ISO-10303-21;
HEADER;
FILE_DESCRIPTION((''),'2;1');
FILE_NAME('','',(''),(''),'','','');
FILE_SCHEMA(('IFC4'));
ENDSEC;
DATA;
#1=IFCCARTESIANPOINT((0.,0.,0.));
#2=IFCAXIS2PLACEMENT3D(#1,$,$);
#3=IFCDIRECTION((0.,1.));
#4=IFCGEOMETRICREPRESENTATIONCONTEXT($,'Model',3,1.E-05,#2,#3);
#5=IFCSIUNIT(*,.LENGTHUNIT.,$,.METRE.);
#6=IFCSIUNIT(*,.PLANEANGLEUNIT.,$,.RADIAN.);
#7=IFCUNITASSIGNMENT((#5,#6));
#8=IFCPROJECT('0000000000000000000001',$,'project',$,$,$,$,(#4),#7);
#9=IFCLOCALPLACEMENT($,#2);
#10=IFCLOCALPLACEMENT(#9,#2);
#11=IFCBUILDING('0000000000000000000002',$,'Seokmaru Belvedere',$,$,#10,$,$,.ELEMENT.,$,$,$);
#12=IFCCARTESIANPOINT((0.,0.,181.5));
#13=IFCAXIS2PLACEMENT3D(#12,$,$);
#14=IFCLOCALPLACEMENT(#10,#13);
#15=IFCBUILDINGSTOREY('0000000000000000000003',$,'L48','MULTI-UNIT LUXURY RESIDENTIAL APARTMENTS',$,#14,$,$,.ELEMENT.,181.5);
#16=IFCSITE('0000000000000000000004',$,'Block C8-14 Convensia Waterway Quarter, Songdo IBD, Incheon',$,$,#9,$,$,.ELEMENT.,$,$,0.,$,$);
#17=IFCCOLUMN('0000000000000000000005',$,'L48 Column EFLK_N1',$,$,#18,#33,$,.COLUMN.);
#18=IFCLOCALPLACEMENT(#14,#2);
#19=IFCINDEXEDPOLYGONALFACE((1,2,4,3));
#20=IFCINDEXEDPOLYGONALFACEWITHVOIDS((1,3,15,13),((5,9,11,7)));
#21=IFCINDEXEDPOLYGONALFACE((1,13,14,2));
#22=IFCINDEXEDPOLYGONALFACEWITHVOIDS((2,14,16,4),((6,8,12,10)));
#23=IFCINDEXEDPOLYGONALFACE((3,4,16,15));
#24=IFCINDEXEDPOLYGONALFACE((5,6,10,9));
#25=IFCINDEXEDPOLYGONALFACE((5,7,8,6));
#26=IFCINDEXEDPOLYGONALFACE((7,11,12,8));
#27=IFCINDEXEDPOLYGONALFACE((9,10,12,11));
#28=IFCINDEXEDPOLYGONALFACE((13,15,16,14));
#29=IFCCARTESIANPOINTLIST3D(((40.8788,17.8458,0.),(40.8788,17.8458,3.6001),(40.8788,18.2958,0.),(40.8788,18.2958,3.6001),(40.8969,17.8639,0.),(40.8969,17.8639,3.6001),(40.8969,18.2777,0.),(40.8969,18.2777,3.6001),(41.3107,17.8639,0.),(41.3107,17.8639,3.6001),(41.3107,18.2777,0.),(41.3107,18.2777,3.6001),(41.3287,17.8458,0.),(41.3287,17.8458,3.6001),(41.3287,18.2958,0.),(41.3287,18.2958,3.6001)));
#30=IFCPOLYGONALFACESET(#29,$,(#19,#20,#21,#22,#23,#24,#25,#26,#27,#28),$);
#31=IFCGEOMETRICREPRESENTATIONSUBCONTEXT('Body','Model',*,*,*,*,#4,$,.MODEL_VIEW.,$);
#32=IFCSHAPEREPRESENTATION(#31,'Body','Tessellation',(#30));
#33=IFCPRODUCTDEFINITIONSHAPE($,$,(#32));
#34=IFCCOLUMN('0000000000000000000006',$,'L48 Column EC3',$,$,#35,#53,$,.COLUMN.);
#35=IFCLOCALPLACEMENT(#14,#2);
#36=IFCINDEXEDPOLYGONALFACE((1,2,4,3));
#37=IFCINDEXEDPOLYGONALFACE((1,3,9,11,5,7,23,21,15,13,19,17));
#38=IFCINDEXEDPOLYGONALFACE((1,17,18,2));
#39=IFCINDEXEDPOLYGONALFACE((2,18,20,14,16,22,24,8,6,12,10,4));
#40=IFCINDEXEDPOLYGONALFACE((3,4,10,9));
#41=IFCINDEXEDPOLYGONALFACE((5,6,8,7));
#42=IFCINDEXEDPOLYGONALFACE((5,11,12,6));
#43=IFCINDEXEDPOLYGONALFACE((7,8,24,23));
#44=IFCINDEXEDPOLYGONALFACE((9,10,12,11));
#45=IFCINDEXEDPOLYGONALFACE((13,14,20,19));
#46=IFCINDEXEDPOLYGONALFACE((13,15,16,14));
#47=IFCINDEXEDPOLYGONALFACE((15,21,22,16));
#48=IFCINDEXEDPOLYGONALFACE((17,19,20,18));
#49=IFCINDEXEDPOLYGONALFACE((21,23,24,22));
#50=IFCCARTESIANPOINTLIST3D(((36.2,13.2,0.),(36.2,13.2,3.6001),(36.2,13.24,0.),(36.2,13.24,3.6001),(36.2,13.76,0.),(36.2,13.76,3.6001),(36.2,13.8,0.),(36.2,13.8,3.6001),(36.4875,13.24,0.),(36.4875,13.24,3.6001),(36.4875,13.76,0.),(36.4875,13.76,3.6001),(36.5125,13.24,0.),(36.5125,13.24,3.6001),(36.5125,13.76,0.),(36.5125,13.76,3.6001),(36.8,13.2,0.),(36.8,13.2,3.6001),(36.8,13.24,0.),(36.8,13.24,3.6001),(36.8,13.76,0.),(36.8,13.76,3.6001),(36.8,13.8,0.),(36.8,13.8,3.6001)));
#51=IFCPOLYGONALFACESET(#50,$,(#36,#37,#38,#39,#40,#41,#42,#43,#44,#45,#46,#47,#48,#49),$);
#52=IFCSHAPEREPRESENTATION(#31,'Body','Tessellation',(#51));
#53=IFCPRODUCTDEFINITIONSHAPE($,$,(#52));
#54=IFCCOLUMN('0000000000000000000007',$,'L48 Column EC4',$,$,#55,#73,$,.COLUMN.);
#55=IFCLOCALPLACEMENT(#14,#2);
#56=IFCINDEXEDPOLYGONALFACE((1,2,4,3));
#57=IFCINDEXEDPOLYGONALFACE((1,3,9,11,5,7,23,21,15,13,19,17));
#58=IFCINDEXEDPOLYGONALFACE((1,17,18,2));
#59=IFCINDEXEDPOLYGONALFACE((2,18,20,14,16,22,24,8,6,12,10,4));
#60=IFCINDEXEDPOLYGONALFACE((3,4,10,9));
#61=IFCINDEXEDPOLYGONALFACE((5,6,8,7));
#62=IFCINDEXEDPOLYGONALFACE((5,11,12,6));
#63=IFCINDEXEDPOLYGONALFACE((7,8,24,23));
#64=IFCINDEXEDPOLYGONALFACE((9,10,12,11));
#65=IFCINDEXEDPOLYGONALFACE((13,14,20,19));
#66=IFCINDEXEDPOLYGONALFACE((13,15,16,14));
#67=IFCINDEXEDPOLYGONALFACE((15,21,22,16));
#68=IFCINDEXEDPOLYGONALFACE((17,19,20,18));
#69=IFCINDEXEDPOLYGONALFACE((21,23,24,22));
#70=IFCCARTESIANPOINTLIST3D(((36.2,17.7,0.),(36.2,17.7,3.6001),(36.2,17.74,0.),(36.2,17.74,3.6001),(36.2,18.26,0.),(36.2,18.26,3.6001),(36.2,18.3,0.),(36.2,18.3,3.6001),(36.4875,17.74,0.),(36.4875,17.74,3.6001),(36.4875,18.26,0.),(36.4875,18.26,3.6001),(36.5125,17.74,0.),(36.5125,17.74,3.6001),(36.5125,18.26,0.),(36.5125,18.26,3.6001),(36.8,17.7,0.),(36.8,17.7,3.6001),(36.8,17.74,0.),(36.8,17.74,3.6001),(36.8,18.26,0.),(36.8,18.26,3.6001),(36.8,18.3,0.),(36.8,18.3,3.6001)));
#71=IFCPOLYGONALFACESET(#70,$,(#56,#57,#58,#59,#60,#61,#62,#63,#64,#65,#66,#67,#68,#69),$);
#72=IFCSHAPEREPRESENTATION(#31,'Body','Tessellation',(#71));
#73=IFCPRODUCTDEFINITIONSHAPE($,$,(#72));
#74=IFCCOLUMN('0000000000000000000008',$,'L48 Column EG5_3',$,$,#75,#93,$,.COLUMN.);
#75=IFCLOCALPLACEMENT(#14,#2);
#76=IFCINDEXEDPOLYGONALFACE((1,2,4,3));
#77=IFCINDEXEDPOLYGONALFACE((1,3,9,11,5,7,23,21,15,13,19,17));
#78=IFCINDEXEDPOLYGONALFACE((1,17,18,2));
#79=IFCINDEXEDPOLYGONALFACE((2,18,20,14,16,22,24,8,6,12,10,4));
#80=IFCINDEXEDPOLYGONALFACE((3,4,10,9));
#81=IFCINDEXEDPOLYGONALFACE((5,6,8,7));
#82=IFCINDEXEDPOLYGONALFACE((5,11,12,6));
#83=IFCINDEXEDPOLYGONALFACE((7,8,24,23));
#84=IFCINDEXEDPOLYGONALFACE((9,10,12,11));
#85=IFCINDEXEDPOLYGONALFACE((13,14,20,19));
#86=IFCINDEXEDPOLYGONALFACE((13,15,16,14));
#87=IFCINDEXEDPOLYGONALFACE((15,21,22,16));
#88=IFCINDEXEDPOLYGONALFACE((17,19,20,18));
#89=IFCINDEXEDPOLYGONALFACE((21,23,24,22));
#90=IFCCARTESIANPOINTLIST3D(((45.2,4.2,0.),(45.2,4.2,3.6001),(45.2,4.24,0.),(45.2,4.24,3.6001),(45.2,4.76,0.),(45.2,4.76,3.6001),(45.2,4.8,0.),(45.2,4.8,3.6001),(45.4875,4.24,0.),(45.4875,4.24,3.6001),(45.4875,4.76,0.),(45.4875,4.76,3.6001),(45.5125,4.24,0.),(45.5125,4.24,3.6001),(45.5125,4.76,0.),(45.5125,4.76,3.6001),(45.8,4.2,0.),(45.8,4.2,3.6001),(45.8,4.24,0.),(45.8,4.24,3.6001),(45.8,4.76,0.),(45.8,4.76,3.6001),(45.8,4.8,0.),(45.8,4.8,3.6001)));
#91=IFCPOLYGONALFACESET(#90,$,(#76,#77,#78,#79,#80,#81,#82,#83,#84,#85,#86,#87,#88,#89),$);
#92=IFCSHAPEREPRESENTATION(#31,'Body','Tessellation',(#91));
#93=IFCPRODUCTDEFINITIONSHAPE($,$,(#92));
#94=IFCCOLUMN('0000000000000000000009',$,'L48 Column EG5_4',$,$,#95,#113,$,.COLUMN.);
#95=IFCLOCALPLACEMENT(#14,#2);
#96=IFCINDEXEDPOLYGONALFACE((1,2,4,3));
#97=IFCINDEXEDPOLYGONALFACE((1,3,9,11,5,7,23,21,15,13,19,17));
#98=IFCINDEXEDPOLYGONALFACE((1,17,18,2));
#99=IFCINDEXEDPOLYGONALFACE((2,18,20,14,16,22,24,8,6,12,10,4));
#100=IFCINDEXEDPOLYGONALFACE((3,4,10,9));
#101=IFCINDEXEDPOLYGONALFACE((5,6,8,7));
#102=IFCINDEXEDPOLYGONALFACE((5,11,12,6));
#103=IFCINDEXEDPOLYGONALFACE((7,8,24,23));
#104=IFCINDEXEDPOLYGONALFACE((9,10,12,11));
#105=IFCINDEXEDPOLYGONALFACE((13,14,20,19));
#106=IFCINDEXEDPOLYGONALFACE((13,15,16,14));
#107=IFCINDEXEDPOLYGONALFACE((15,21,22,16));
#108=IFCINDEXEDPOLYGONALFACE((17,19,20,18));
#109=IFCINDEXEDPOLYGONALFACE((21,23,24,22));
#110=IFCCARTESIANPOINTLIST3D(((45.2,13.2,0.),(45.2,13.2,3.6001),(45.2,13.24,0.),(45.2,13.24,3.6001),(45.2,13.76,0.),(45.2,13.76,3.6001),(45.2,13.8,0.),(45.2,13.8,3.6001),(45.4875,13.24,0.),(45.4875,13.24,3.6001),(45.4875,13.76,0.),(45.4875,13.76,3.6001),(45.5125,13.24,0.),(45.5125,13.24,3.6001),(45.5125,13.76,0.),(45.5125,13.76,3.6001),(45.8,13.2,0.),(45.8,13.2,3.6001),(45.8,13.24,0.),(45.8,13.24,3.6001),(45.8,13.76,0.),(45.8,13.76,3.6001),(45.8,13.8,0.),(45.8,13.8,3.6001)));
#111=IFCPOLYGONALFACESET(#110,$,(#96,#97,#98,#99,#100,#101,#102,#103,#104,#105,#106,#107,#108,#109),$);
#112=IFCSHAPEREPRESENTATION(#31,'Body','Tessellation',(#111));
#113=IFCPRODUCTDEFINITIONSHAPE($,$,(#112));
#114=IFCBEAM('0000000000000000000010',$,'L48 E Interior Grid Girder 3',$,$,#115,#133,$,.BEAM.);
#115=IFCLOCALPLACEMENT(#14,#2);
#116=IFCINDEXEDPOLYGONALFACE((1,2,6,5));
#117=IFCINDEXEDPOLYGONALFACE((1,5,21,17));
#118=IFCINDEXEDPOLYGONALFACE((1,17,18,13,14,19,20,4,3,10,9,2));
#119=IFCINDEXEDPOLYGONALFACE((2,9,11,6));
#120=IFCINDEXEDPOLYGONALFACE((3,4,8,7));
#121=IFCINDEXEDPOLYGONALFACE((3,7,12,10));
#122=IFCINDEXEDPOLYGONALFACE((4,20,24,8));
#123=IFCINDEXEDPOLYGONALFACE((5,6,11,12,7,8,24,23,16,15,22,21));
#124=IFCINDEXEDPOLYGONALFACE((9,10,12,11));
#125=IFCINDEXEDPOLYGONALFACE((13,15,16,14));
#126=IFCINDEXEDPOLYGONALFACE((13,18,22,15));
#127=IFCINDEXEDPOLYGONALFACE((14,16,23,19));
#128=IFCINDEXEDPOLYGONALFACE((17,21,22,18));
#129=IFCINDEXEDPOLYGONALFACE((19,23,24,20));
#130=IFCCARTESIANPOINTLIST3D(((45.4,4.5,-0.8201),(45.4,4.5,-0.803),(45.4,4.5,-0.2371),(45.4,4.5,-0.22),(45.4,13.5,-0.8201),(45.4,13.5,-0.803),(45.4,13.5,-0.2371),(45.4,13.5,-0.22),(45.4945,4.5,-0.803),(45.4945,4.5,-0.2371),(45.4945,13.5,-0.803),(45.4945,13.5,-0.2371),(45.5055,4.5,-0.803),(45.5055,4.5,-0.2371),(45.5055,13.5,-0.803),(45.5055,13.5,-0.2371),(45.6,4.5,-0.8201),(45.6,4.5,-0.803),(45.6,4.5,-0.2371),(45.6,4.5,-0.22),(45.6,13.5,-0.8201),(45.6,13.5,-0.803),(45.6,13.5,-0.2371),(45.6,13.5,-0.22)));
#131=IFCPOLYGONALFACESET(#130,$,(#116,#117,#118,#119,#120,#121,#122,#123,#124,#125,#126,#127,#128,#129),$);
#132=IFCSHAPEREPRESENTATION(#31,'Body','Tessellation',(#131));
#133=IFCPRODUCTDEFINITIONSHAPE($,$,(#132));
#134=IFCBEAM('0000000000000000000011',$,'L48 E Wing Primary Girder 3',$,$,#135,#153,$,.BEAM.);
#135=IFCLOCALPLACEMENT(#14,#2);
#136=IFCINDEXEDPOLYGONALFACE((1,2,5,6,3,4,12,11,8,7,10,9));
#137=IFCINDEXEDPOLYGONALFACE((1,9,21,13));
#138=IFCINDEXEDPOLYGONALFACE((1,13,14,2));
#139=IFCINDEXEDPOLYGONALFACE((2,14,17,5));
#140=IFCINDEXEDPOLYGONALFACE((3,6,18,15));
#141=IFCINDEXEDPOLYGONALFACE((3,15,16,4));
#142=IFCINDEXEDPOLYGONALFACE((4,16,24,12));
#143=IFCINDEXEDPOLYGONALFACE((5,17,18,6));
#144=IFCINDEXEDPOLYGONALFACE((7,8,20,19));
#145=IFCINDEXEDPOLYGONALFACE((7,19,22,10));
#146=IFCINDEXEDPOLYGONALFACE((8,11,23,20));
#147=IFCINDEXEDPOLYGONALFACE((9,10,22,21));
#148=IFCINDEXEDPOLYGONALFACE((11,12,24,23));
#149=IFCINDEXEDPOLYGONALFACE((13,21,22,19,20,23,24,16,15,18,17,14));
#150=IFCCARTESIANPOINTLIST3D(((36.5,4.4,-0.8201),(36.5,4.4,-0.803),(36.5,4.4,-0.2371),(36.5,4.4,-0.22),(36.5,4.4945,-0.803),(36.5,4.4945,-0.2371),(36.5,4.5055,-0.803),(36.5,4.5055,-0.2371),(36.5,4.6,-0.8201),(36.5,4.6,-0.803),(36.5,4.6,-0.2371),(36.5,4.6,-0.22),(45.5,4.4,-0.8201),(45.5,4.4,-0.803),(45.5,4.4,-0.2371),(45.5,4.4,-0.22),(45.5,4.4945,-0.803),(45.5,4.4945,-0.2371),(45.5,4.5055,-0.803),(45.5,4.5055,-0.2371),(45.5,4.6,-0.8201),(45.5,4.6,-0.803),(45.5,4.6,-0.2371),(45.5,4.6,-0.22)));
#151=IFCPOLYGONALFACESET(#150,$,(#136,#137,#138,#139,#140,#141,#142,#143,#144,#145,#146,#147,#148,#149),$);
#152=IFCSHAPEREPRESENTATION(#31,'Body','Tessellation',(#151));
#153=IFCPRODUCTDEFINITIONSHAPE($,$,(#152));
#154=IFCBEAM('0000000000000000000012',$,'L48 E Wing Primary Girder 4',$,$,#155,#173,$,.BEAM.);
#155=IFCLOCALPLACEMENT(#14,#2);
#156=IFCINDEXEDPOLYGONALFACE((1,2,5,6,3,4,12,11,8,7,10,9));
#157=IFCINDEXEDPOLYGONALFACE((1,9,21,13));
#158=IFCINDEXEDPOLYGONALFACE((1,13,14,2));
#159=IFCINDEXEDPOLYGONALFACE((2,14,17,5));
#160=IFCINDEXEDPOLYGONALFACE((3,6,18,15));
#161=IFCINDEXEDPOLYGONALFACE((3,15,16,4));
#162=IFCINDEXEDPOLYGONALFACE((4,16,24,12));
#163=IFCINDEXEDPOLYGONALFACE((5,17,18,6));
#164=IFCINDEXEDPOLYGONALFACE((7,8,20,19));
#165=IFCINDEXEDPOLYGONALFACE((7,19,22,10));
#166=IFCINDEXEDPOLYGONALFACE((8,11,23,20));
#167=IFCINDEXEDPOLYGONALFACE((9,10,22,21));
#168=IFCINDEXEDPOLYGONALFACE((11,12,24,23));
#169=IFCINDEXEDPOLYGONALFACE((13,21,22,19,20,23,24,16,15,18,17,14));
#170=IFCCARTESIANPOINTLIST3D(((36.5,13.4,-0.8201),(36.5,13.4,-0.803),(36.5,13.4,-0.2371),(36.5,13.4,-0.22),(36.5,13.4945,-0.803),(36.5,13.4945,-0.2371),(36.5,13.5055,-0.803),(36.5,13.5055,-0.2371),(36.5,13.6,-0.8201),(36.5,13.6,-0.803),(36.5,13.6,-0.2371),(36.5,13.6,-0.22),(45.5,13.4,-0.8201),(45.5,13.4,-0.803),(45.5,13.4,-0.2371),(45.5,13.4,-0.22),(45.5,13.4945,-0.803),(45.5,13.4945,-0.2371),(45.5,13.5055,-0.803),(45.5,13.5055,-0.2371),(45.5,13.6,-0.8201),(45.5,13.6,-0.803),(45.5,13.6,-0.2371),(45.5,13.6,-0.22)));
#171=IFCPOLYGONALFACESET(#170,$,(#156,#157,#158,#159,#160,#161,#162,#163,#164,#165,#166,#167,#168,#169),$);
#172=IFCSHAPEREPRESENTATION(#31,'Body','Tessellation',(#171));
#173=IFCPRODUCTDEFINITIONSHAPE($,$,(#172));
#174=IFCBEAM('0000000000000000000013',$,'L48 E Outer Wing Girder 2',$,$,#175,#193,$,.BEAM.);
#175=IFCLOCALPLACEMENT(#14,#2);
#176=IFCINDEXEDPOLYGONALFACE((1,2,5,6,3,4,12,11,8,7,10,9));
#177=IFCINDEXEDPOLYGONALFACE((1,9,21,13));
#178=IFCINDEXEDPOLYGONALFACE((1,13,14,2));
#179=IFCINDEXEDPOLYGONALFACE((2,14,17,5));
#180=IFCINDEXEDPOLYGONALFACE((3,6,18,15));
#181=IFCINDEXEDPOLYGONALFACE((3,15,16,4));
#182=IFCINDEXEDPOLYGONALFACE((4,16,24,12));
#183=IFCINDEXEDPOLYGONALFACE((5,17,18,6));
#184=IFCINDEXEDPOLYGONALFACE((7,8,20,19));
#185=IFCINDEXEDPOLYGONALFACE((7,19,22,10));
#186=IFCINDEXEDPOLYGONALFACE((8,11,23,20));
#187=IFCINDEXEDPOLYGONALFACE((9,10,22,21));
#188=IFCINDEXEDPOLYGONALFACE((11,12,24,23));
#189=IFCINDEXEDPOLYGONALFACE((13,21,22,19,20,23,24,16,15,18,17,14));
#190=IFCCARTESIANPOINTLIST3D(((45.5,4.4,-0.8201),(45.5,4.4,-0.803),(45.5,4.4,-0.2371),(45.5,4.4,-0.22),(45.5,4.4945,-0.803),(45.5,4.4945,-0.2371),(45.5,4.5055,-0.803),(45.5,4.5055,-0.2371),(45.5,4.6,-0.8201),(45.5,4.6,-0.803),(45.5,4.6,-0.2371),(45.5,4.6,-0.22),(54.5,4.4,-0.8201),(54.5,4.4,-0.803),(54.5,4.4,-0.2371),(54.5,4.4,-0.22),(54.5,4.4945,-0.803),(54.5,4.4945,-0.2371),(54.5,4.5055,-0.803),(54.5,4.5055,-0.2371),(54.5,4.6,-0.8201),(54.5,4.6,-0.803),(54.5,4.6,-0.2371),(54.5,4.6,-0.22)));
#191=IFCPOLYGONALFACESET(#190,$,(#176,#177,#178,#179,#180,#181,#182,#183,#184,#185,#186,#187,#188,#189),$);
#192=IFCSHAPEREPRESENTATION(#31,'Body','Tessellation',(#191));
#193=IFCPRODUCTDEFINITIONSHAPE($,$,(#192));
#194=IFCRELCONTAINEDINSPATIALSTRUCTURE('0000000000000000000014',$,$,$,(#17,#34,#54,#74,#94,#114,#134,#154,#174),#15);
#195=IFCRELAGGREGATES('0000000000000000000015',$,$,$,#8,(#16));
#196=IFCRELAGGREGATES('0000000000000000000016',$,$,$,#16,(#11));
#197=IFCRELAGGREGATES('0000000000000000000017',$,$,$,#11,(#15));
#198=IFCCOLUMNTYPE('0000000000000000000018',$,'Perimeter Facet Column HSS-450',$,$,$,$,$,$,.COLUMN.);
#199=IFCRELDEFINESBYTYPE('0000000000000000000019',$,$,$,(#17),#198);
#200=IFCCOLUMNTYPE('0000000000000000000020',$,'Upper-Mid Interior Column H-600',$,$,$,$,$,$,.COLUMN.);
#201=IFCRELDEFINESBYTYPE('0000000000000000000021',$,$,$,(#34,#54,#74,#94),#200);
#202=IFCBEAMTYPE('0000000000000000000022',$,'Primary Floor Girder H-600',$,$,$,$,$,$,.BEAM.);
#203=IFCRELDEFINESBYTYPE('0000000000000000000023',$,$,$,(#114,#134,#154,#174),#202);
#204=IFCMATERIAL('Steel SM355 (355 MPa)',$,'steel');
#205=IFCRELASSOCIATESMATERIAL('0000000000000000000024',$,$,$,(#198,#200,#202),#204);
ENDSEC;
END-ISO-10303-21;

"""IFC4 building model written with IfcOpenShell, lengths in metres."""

from ifc_helpers import new_model, si_unit, direction, frame, origin, origin_2d, place, context, subcontext, project, spatial, hollow_rectangle, i_section, extrude, source, transform, mapped, material, material_profile, profile_set, type_object, type_shapes, element, save


model = new_model("IFC4")

# Units and contexts
model_context = context("Model", 3, precision=1e-05, world=origin(), true_north=direction((0.0, 1.0)))
body_context = subcontext(model_context, "Body", "Model", "MODEL_VIEW")
ifc_project = project(units=[si_unit("LENGTHUNIT", "METRE"), si_unit("PLANEANGLEUNIT", "RADIAN")], contexts=[model_context])

# Site, building, storey
site_placement = place(None, origin())
site = spatial("IfcSite", under=ifc_project, at=site_placement, Name="Block C8-14 Convensia Waterway Quarter, Songdo IBD, Incheon", CompositionType="ELEMENT", RefElevation=0.0)
building_placement = place(site_placement, origin())
building = spatial("IfcBuilding", under=site, at=building_placement, Name="Seokmaru Belvedere", CompositionType="ELEMENT")
storey_placement = place(building_placement, frame((0.0, 0.0, 181.5)))
storey = spatial("IfcBuildingStorey", under=building, at=storey_placement, Name="L48", Description="MULTI-UNIT LUXURY RESIDENTIAL APARTMENTS", CompositionType="ELEMENT", Elevation=181.5)

# Columns
ifc_material_1 = material(Name="Steel SM355 (355 MPa)", Category="steel")
ifc_material_profile_1 = material_profile(ifc_material_1, hollow_rectangle(XDim=0.45, YDim=0.45, WallThickness=0.0181, at=origin_2d()), Name="HSS-450x450x18")
ifc_profile_set_1 = profile_set([ifc_material_profile_1], Name="Steel SM355 (355 MPa)")
column_type_1 = type_object("IfcColumnType", Name="Perimeter Facet Column HSS-450", PredefinedType="COLUMN", material=ifc_profile_set_1)
shared_shape_1 = source(origin(), body_context, "Body", "SweptSolid", [
    extrude(hollow_rectangle(XDim=0.45, YDim=0.45, WallThickness=0.0181, at=origin_2d()), origin(), (0.0, 0.0, 1.0), 3.6001),
])
type_shapes(column_type_1, [shared_shape_1])
column_placement = place(storey_placement, frame((41.1038, 18.0708, 0.0), z_axis=(0.0, 0.0, 1.0), x_axis=(1.0, 0.0, 0.0)))
element("IfcColumn", 1, at=column_placement, inside=storey, type_object=column_type_1, Name="L48 Column EFLK_N1", PredefinedType="COLUMN", context=body_context, shape_type="MappedRepresentation", body=[
    mapped(shared_shape_1, transform((0.0, 0.0, 0.0), scale=1.0)),
])
ifc_material_profile_2 = material_profile(ifc_material_1, i_section(OverallWidth=0.6001, OverallDepth=0.6001, WebThickness=0.0249, FlangeThickness=0.04, at=origin_2d()), Name="H-600x600x25x40")
ifc_profile_set_2 = profile_set([ifc_material_profile_2], Name="Steel SM355 (355 MPa)")
column_type_2 = type_object("IfcColumnType", Name="Upper-Mid Interior Column H-600", PredefinedType="COLUMN", material=ifc_profile_set_2)
shared_shape_2 = source(origin(), body_context, "Body", "SweptSolid", [
    extrude(i_section(OverallWidth=0.6001, OverallDepth=0.6001, WebThickness=0.0249, FlangeThickness=0.04, at=origin_2d()), origin(), (0.0, 0.0, 1.0), 3.6001),
])
type_shapes(column_type_2, [shared_shape_2])
for number, where, z_axis, x_axis, name in (
    (2, (36.5, 13.5, 0.0), (0.0, 0.0, 1.0), (1.0, 0.0, 0.0), "L48 Column EC3"),
    (3, (36.5, 18.0, 0.0), (0.0, 0.0, 1.0), (1.0, 0.0, 0.0), "L48 Column EC4"),
    (4, (45.5, 4.5, 0.0), (0.0, 0.0, 1.0), (1.0, 0.0, 0.0), "L48 Column EG5_3"),
    (5, (45.5, 13.5, 0.0), (0.0, 0.0, 1.0), (1.0, 0.0, 0.0), "L48 Column EG5_4"),
):
    element("IfcColumn", number, at=place(storey_placement, frame(where, z_axis=z_axis, x_axis=x_axis)), inside=storey, type_object=column_type_2, Name=name, PredefinedType="COLUMN", context=body_context, shape_type="MappedRepresentation", body=[
        mapped(shared_shape_2, transform((0.0, 0.0, 0.0), scale=1.0)),
    ])

# Beams
ifc_material_profile_3 = material_profile(ifc_material_1, i_section(OverallWidth=0.2, OverallDepth=0.6001, WebThickness=0.011, FlangeThickness=0.0171, at=origin_2d()), Name="H-600x200x11x17")
ifc_profile_set_3 = profile_set([ifc_material_profile_3], Name="Steel SM355 (355 MPa)")
beam_type_1 = type_object("IfcBeamType", Name="Primary Floor Girder H-600", PredefinedType="BEAM", material=ifc_profile_set_3)
shared_shape_3 = source(origin(), body_context, "Body", "SweptSolid", [
    extrude(i_section(OverallWidth=0.2, OverallDepth=0.6001, WebThickness=0.011, FlangeThickness=0.0171, at=origin_2d()), origin(), (0.0, 0.0, 1.0), 9.0),
])
for number, where, z_axis, x_axis, name in (
    (6, (45.5, 4.5, -0.52), (0.0, 1.0, 0.0), (-1.0, 0.0, 0.0), "L48 E Interior Grid Girder 3"),
    (7, (36.5, 4.5, -0.52), (1.0, 0.0, 0.0), (0.0, 1.0, 0.0), "L48 E Wing Primary Girder 3"),
    (8, (36.5, 13.5, -0.52), (1.0, 0.0, 0.0), (0.0, 1.0, 0.0), "L48 E Wing Primary Girder 4"),
    (9, (45.5, 4.5, -0.52), (1.0, 0.0, 0.0), (0.0, 1.0, 0.0), "L48 E Outer Wing Girder 2"),
):
    element("IfcBeam", number, at=place(storey_placement, frame(where, z_axis=z_axis, x_axis=x_axis)), inside=storey, type_object=beam_type_1, Name=name, PredefinedType="BEAM", context=body_context, shape_type="MappedRepresentation", body=[
        mapped(shared_shape_3, transform((0.0, 0.0, 0.0), scale=1.0)),
    ])

save(model, "model.ifc")
